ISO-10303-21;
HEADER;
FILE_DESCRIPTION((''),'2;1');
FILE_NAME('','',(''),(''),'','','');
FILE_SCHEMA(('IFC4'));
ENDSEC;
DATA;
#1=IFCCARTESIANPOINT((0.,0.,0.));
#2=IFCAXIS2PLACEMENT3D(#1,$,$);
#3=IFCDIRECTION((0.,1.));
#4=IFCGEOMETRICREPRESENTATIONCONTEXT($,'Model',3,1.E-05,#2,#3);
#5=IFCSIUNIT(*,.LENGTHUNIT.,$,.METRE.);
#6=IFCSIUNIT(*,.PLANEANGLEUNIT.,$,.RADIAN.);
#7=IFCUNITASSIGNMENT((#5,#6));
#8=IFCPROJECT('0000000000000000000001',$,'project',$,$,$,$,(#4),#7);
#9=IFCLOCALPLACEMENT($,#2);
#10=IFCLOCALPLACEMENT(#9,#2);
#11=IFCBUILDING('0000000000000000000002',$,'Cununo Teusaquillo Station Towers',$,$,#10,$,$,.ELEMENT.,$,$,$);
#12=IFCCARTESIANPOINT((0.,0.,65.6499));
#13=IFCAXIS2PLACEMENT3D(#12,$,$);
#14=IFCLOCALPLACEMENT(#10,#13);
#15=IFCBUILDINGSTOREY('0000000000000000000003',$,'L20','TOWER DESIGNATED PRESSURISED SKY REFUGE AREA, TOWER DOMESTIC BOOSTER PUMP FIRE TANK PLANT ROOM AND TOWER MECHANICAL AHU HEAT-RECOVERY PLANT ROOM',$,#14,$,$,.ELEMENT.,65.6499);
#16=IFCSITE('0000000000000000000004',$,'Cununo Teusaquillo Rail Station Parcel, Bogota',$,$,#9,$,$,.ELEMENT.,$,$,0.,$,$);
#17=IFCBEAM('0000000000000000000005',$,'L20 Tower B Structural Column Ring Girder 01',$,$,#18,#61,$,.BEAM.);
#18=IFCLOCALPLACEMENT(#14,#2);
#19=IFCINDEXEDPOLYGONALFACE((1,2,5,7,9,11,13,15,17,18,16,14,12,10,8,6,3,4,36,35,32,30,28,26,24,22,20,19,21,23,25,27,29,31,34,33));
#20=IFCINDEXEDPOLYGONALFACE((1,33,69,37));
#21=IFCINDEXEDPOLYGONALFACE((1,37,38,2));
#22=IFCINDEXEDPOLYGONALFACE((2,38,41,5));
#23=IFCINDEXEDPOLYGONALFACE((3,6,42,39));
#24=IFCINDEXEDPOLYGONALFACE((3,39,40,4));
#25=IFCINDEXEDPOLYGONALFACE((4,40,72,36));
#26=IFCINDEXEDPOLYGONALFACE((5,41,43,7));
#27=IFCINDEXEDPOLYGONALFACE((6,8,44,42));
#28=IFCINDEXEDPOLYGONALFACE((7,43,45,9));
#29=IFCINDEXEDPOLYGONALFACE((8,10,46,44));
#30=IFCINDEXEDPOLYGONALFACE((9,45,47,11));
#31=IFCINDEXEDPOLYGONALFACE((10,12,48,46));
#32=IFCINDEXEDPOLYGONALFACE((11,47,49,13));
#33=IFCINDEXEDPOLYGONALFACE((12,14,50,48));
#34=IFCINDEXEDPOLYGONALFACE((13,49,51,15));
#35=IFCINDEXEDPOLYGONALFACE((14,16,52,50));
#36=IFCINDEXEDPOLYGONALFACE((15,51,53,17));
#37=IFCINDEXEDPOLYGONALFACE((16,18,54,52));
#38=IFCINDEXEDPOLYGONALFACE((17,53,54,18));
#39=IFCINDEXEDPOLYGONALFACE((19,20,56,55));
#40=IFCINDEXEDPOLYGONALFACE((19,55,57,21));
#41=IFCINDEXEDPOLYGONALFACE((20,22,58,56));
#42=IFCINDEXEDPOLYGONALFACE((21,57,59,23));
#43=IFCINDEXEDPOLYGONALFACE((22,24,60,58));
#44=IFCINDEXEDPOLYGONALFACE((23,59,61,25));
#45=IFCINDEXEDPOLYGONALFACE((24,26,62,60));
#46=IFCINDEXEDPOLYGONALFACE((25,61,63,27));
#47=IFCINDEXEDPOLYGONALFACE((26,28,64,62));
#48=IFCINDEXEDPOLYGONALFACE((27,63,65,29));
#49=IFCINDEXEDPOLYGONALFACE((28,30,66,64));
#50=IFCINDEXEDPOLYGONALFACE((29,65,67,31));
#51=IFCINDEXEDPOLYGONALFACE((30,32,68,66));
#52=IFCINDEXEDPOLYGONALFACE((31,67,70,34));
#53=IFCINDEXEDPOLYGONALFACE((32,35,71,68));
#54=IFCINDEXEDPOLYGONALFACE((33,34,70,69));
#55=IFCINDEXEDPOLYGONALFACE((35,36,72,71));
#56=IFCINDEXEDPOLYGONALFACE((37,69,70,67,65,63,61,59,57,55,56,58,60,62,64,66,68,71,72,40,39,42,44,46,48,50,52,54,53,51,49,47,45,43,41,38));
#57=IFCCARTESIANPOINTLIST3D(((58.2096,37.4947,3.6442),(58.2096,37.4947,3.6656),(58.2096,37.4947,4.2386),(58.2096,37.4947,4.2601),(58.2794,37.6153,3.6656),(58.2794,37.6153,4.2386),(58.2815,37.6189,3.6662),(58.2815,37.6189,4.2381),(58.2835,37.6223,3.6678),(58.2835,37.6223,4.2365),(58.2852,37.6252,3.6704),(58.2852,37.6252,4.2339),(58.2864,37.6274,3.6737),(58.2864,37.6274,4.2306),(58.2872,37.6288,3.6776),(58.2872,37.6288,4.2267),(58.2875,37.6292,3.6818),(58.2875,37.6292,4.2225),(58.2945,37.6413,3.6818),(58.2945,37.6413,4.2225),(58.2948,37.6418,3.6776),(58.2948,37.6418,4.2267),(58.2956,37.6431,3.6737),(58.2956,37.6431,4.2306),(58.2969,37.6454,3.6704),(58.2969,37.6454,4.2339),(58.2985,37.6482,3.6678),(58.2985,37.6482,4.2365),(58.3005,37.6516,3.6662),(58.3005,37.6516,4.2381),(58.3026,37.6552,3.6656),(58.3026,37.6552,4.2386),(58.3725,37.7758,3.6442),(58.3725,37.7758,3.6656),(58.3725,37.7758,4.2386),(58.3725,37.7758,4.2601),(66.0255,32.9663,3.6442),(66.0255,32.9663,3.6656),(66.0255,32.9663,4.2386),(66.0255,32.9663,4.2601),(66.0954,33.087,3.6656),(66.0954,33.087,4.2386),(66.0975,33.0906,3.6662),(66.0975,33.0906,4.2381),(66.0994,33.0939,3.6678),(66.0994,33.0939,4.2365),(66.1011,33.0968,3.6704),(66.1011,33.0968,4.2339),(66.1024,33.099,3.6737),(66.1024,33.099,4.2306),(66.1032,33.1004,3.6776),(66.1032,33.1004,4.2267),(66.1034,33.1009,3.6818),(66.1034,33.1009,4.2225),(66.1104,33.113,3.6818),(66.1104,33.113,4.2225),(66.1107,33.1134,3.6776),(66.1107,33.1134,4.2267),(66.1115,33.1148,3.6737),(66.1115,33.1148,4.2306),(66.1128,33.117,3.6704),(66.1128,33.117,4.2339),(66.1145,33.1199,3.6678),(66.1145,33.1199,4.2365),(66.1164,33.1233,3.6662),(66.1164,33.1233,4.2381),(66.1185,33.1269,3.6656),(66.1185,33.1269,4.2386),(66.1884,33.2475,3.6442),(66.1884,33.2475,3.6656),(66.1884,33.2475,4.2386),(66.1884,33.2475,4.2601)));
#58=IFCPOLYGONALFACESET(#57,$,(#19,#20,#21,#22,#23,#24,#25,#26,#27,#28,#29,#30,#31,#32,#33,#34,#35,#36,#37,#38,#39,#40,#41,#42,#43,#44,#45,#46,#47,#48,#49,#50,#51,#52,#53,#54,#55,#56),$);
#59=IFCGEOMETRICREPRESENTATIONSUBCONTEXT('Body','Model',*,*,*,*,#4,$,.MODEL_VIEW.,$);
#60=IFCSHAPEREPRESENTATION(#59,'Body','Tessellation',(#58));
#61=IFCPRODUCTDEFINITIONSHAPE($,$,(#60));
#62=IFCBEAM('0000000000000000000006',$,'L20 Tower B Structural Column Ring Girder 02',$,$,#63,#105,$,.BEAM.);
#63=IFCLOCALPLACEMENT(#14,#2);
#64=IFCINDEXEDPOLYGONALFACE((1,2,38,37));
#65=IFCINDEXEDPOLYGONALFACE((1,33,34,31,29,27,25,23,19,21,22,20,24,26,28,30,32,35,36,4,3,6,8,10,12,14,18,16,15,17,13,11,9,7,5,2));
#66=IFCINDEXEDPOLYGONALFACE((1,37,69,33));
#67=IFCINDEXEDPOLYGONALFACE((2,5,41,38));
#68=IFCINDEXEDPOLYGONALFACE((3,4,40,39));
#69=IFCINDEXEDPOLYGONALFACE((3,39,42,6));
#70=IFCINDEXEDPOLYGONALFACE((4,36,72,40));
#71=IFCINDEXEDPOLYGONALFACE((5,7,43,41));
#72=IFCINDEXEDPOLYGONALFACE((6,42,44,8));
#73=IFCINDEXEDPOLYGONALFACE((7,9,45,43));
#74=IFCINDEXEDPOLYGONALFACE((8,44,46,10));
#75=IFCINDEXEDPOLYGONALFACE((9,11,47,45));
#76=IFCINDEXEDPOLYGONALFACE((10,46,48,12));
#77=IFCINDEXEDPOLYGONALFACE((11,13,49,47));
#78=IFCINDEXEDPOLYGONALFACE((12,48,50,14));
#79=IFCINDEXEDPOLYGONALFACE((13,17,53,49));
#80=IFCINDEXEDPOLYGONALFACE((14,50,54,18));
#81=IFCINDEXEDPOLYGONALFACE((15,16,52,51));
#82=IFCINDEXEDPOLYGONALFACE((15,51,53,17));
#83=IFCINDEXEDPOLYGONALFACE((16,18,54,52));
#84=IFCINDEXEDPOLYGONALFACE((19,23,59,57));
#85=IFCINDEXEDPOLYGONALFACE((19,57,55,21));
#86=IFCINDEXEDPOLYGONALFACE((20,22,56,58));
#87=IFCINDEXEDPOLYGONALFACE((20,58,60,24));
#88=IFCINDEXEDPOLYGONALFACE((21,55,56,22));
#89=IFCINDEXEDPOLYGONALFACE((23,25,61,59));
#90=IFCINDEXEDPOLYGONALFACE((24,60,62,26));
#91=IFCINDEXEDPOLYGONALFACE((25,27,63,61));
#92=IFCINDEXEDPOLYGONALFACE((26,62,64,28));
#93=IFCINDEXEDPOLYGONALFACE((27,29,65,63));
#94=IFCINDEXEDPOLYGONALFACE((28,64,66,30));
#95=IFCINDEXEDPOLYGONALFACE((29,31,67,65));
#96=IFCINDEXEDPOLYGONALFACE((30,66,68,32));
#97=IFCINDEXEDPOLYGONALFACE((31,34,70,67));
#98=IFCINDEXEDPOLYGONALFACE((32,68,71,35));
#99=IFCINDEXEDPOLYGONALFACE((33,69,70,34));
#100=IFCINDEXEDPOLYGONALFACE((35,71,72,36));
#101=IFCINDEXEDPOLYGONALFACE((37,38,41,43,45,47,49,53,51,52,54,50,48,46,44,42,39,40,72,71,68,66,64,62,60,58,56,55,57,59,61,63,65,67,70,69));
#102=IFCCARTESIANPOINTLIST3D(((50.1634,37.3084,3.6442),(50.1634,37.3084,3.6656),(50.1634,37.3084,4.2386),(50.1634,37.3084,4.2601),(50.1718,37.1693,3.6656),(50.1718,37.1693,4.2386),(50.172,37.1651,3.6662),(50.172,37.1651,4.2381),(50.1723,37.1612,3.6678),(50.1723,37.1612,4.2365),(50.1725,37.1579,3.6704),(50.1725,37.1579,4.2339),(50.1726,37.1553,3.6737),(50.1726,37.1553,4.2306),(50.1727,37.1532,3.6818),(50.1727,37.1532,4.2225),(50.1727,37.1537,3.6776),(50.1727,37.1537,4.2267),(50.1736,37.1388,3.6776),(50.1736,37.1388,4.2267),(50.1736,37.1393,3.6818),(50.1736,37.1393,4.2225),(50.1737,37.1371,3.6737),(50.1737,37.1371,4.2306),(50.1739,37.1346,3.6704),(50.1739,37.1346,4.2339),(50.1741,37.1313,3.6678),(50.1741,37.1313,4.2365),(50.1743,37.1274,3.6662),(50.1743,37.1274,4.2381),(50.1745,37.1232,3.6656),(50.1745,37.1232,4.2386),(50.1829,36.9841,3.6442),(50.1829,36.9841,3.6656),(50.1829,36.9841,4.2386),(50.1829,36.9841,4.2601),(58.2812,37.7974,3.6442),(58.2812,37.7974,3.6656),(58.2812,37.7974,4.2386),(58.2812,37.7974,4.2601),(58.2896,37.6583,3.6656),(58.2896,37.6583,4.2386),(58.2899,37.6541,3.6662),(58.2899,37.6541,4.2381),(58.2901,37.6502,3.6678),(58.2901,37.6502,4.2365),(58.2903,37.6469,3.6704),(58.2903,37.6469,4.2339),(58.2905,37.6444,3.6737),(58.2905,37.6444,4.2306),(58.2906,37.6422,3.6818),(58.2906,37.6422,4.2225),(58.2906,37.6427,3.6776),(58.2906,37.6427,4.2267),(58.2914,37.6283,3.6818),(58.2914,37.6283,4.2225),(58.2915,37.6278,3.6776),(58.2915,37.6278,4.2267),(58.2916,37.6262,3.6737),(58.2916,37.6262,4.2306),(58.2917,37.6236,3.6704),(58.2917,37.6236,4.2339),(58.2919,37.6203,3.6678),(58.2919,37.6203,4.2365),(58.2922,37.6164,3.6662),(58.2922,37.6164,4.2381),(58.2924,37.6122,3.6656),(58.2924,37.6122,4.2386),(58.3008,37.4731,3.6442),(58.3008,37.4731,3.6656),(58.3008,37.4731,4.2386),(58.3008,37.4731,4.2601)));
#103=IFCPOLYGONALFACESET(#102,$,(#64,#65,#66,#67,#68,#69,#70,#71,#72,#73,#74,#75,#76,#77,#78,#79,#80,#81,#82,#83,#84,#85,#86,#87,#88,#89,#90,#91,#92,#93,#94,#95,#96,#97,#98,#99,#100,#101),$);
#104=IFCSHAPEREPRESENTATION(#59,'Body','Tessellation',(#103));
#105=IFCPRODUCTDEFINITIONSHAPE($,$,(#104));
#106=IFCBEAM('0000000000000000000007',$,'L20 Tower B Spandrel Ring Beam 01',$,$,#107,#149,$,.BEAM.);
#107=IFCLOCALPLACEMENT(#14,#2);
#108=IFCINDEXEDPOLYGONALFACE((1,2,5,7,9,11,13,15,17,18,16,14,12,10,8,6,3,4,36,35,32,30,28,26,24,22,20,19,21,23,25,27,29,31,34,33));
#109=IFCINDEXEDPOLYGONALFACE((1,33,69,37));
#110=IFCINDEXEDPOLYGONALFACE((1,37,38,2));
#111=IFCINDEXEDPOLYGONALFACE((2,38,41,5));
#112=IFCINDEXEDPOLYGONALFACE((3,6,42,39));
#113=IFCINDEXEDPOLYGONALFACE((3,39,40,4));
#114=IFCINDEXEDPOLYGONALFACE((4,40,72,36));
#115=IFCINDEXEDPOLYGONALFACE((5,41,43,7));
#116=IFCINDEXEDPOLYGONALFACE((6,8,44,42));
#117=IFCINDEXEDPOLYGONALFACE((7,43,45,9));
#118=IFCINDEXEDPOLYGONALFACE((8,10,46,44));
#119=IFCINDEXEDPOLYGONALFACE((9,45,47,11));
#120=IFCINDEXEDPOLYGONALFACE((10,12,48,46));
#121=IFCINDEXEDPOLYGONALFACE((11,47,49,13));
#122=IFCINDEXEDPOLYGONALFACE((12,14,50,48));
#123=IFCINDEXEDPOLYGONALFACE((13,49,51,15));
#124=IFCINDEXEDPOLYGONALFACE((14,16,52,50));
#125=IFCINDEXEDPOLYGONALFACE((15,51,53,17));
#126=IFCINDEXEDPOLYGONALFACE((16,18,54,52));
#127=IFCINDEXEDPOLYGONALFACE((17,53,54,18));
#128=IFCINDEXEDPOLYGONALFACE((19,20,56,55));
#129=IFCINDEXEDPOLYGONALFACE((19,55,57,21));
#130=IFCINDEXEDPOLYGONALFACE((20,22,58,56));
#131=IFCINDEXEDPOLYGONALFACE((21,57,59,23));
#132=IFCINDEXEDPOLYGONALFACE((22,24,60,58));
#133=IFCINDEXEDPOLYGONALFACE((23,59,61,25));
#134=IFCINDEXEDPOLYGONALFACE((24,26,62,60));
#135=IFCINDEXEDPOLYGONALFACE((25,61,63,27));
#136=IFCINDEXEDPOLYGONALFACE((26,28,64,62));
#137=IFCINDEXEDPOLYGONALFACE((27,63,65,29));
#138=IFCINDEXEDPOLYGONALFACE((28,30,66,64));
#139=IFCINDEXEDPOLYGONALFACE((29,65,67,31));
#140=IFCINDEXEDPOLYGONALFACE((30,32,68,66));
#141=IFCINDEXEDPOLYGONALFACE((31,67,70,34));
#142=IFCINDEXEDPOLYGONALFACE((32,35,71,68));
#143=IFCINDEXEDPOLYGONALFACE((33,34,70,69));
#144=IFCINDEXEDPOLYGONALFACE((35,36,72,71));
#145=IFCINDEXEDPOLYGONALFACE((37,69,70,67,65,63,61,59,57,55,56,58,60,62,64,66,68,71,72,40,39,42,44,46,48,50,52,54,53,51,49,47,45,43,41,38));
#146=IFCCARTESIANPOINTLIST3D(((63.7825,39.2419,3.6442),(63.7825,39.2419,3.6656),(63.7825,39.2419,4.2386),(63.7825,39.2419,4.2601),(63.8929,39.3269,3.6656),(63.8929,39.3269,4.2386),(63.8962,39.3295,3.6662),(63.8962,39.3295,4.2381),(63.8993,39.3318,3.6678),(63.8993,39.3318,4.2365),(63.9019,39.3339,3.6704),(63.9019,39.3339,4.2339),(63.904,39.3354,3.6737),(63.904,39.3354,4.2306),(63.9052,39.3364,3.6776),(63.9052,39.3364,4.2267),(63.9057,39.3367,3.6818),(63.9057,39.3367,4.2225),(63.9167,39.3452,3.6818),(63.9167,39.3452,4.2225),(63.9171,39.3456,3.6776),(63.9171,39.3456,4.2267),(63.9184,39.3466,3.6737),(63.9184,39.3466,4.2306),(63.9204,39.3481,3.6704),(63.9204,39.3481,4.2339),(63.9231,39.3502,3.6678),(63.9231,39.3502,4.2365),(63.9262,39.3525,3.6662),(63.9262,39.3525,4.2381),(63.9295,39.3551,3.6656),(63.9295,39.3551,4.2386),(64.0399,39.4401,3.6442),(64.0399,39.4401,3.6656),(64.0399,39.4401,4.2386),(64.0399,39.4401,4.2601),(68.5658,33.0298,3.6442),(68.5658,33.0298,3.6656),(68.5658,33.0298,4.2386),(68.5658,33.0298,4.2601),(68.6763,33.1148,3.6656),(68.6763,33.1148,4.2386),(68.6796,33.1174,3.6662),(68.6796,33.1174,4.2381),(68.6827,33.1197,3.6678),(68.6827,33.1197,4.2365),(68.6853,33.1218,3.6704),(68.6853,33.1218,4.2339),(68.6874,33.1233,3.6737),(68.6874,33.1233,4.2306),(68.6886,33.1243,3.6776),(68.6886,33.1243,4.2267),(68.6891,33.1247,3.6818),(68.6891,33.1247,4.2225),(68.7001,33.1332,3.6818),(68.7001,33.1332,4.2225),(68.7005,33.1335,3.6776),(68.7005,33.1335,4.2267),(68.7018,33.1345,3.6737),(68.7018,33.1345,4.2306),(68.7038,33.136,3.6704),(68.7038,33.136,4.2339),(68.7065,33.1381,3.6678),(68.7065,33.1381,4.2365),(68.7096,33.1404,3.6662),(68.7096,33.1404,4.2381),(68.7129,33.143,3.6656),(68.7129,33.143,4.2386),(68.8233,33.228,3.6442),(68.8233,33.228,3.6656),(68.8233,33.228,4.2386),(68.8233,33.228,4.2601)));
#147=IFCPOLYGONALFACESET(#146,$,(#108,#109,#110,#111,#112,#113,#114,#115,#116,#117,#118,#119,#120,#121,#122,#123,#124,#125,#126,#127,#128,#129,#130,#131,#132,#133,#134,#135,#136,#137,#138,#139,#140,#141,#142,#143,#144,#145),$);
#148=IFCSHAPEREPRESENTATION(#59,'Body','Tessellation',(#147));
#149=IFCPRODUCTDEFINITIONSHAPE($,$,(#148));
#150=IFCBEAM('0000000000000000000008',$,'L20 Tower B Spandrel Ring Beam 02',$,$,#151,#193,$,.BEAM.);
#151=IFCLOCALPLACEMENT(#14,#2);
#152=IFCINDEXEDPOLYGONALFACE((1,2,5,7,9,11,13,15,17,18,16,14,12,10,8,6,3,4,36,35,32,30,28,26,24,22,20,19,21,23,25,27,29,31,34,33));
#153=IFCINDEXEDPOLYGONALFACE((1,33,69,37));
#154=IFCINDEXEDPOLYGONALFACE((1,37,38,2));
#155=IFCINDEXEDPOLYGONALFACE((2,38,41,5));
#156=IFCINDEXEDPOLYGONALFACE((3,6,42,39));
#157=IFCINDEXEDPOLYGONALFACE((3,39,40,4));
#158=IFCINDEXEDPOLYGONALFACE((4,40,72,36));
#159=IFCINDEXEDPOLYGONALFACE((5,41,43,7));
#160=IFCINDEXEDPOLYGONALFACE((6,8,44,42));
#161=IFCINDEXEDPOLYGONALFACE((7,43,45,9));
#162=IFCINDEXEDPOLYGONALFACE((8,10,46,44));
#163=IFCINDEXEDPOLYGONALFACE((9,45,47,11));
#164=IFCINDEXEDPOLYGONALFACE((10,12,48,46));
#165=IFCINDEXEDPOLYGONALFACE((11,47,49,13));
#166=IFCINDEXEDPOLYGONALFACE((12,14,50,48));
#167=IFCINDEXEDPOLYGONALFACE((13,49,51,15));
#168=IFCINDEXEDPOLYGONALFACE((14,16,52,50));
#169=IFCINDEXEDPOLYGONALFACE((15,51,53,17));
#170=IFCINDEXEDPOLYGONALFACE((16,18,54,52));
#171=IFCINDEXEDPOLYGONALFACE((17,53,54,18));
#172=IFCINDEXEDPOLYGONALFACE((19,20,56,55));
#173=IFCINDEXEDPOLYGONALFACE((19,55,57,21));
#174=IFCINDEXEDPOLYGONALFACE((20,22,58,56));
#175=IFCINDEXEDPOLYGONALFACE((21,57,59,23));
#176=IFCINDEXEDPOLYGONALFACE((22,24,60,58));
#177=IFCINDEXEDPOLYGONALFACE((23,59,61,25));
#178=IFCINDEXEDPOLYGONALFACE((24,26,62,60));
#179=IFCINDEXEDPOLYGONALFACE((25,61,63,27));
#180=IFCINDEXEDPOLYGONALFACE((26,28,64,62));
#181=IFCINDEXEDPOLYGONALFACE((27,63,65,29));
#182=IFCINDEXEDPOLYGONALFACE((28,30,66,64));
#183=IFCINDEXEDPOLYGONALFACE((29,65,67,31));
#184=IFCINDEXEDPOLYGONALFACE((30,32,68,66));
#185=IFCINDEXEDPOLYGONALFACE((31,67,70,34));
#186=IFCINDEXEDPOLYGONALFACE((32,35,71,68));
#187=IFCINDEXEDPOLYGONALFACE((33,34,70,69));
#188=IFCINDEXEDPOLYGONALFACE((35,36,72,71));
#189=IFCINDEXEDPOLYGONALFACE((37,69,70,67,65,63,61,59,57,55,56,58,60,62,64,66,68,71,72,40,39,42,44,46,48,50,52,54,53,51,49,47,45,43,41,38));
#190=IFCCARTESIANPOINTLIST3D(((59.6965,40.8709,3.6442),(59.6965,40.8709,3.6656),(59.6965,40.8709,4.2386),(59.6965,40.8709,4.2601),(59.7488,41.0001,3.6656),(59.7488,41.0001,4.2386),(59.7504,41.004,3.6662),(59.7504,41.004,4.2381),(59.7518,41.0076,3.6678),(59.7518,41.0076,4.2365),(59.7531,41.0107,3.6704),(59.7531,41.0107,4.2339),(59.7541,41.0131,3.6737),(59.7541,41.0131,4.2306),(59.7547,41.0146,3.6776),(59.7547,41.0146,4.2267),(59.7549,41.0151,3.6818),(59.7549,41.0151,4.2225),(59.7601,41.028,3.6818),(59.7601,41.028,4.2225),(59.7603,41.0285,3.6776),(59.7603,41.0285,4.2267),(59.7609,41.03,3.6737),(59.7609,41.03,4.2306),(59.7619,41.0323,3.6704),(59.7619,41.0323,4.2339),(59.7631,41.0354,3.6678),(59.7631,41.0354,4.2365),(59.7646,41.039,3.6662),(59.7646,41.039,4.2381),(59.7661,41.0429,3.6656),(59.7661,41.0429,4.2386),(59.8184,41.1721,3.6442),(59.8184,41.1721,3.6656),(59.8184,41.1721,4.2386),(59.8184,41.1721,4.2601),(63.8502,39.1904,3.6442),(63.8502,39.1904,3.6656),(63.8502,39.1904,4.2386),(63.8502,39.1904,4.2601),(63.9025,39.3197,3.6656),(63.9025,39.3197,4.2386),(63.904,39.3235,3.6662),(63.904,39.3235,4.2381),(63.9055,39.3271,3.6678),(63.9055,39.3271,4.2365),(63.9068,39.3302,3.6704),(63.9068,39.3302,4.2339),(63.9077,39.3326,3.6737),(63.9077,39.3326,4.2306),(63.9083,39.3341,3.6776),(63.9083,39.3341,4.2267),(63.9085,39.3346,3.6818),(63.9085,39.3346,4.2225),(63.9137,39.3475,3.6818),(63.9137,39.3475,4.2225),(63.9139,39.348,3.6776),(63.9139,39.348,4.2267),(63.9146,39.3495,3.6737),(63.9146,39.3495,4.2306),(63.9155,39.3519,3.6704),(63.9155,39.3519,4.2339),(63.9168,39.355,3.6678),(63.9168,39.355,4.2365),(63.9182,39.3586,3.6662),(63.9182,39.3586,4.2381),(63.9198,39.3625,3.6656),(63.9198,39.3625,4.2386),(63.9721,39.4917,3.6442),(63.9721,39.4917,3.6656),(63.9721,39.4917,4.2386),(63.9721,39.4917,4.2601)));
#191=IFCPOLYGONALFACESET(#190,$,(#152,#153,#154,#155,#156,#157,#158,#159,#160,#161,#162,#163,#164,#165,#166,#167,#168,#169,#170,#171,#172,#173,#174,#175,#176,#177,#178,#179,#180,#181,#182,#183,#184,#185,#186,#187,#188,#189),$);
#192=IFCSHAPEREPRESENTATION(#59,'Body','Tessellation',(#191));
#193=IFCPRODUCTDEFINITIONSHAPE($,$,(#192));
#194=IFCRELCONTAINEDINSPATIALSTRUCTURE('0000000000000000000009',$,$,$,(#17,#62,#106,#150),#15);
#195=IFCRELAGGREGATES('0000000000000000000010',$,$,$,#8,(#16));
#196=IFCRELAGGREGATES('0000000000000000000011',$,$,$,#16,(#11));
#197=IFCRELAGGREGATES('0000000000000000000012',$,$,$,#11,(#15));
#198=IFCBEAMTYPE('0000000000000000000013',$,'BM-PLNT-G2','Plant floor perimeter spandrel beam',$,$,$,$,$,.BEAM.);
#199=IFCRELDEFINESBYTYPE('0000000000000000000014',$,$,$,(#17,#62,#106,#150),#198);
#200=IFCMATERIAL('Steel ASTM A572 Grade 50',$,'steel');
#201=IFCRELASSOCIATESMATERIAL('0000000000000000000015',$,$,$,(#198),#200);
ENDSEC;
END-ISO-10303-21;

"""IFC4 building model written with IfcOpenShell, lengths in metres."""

from ifc_helpers import new_model, si_unit, direction, frame, origin, origin_2d, place, context, subcontext, project, spatial, i_section, extrude, material, material_profile, profile_set, type_object, element, save


model = new_model("IFC4")

# Units and contexts
model_context = context("Model", 3, precision=1e-05, world=origin(), true_north=direction((0.0, 1.0)))
body_context = subcontext(model_context, "Body", "Model", "MODEL_VIEW")
ifc_project = project(units=[si_unit("LENGTHUNIT", "METRE"), si_unit("PLANEANGLEUNIT", "RADIAN")], contexts=[model_context])

# Site, building, storey
site_placement = place(None, origin())
site = spatial("IfcSite", under=ifc_project, at=site_placement, Name="Cununo Teusaquillo Rail Station Parcel, Bogota", CompositionType="ELEMENT", RefElevation=0.0)
building_placement = place(site_placement, origin())
building = spatial("IfcBuilding", under=site, at=building_placement, Name="Cununo Teusaquillo Station Towers", CompositionType="ELEMENT")
storey_placement = place(building_placement, frame((0.0, 0.0, 65.6499)))
storey = spatial("IfcBuildingStorey", under=building, at=storey_placement, Name="L20", Description="TOWER DESIGNATED PRESSURISED SKY REFUGE AREA, TOWER DOMESTIC BOOSTER PUMP FIRE TANK PLANT ROOM AND TOWER MECHANICAL AHU HEAT-RECOVERY PLANT ROOM", CompositionType="ELEMENT", Elevation=65.6499)

# Beams
ifc_material_1 = material(Name="Steel ASTM A572 Grade 50", Category="steel")
ifc_material_profile_1 = material_profile(ifc_material_1, i_section(OverallWidth=0.325, OverallDepth=0.616, WebThickness=0.0139, FlangeThickness=0.0215, FilletRadius=0.0161, at=origin_2d()), Name="W24X117")
ifc_profile_set_1 = profile_set([ifc_material_profile_1], Name="Steel ASTM A572 Grade 50")
beam_type_1 = type_object("IfcBeamType", Name="BM-PLNT-G2", Description="Plant floor perimeter spandrel beam", PredefinedType="BEAM", material=ifc_profile_set_1)
beam_1_placement = place(storey_placement, frame((66.1069, 33.1069, 3.9521), z_axis=(-0.865267, 0.501311, 0.0), x_axis=(-0.501311, -0.865267, 0.0)))
element("IfcBeam", 1, at=beam_1_placement, inside=storey, type_object=beam_type_1, Name="L20 Tower B Structural Column Ring Girder 01", PredefinedType="BEAM", context=body_context, shape_type="SweptSolid", body=[
    extrude(i_section(OverallWidth=0.325, OverallDepth=0.616, WebThickness=0.0139, FlangeThickness=0.0215, FilletRadius=0.0161, at=origin_2d()), origin(), (0.0, 0.0, 1.0), 9.033),
])
beam_2_placement = place(storey_placement, frame((58.291, 37.6353, 3.9521), z_axis=(-0.998191, -0.06013, 0.0), x_axis=(0.06013, -0.998191, 0.0)))
element("IfcBeam", 2, at=beam_2_placement, inside=storey, type_object=beam_type_1, Name="L20 Tower B Structural Column Ring Girder 02", PredefinedType="BEAM", context=body_context, shape_type="SweptSolid", body=[
    extrude(i_section(OverallWidth=0.325, OverallDepth=0.616, WebThickness=0.0139, FlangeThickness=0.0215, FilletRadius=0.0161, at=origin_2d()), origin(), (0.0, 0.0, 1.0), 8.1326),
])
beam_3_placement = place(storey_placement, frame((68.6946, 33.1289, 3.9521), z_axis=(-0.6101, 0.792324, 0.0), x_axis=(-0.792324, -0.6101, 0.0)))
element("IfcBeam", 3, at=beam_3_placement, inside=storey, type_object=beam_type_1, Name="L20 Tower B Spandrel Ring Beam 01", PredefinedType="BEAM", context=body_context, shape_type="SweptSolid", body=[
    extrude(i_section(OverallWidth=0.325, OverallDepth=0.616, WebThickness=0.0139, FlangeThickness=0.0215, FilletRadius=0.0161, at=origin_2d()), origin(), (0.0, 0.0, 1.0), 7.8403),
])
beam_4_placement = place(storey_placement, frame((63.9111, 39.3411, 3.9521), z_axis=(-0.927008, 0.375042, 0.0), x_axis=(-0.375042, -0.927008, 0.0)))
element("IfcBeam", 4, at=beam_4_placement, inside=storey, type_object=beam_type_1, Name="L20 Tower B Spandrel Ring Beam 02", PredefinedType="BEAM", context=body_context, shape_type="SweptSolid", body=[
    extrude(i_section(OverallWidth=0.325, OverallDepth=0.616, WebThickness=0.0139, FlangeThickness=0.0215, FilletRadius=0.0161, at=origin_2d()), origin(), (0.0, 0.0, 1.0), 4.4807),
])

save(model, "model.ifc")
